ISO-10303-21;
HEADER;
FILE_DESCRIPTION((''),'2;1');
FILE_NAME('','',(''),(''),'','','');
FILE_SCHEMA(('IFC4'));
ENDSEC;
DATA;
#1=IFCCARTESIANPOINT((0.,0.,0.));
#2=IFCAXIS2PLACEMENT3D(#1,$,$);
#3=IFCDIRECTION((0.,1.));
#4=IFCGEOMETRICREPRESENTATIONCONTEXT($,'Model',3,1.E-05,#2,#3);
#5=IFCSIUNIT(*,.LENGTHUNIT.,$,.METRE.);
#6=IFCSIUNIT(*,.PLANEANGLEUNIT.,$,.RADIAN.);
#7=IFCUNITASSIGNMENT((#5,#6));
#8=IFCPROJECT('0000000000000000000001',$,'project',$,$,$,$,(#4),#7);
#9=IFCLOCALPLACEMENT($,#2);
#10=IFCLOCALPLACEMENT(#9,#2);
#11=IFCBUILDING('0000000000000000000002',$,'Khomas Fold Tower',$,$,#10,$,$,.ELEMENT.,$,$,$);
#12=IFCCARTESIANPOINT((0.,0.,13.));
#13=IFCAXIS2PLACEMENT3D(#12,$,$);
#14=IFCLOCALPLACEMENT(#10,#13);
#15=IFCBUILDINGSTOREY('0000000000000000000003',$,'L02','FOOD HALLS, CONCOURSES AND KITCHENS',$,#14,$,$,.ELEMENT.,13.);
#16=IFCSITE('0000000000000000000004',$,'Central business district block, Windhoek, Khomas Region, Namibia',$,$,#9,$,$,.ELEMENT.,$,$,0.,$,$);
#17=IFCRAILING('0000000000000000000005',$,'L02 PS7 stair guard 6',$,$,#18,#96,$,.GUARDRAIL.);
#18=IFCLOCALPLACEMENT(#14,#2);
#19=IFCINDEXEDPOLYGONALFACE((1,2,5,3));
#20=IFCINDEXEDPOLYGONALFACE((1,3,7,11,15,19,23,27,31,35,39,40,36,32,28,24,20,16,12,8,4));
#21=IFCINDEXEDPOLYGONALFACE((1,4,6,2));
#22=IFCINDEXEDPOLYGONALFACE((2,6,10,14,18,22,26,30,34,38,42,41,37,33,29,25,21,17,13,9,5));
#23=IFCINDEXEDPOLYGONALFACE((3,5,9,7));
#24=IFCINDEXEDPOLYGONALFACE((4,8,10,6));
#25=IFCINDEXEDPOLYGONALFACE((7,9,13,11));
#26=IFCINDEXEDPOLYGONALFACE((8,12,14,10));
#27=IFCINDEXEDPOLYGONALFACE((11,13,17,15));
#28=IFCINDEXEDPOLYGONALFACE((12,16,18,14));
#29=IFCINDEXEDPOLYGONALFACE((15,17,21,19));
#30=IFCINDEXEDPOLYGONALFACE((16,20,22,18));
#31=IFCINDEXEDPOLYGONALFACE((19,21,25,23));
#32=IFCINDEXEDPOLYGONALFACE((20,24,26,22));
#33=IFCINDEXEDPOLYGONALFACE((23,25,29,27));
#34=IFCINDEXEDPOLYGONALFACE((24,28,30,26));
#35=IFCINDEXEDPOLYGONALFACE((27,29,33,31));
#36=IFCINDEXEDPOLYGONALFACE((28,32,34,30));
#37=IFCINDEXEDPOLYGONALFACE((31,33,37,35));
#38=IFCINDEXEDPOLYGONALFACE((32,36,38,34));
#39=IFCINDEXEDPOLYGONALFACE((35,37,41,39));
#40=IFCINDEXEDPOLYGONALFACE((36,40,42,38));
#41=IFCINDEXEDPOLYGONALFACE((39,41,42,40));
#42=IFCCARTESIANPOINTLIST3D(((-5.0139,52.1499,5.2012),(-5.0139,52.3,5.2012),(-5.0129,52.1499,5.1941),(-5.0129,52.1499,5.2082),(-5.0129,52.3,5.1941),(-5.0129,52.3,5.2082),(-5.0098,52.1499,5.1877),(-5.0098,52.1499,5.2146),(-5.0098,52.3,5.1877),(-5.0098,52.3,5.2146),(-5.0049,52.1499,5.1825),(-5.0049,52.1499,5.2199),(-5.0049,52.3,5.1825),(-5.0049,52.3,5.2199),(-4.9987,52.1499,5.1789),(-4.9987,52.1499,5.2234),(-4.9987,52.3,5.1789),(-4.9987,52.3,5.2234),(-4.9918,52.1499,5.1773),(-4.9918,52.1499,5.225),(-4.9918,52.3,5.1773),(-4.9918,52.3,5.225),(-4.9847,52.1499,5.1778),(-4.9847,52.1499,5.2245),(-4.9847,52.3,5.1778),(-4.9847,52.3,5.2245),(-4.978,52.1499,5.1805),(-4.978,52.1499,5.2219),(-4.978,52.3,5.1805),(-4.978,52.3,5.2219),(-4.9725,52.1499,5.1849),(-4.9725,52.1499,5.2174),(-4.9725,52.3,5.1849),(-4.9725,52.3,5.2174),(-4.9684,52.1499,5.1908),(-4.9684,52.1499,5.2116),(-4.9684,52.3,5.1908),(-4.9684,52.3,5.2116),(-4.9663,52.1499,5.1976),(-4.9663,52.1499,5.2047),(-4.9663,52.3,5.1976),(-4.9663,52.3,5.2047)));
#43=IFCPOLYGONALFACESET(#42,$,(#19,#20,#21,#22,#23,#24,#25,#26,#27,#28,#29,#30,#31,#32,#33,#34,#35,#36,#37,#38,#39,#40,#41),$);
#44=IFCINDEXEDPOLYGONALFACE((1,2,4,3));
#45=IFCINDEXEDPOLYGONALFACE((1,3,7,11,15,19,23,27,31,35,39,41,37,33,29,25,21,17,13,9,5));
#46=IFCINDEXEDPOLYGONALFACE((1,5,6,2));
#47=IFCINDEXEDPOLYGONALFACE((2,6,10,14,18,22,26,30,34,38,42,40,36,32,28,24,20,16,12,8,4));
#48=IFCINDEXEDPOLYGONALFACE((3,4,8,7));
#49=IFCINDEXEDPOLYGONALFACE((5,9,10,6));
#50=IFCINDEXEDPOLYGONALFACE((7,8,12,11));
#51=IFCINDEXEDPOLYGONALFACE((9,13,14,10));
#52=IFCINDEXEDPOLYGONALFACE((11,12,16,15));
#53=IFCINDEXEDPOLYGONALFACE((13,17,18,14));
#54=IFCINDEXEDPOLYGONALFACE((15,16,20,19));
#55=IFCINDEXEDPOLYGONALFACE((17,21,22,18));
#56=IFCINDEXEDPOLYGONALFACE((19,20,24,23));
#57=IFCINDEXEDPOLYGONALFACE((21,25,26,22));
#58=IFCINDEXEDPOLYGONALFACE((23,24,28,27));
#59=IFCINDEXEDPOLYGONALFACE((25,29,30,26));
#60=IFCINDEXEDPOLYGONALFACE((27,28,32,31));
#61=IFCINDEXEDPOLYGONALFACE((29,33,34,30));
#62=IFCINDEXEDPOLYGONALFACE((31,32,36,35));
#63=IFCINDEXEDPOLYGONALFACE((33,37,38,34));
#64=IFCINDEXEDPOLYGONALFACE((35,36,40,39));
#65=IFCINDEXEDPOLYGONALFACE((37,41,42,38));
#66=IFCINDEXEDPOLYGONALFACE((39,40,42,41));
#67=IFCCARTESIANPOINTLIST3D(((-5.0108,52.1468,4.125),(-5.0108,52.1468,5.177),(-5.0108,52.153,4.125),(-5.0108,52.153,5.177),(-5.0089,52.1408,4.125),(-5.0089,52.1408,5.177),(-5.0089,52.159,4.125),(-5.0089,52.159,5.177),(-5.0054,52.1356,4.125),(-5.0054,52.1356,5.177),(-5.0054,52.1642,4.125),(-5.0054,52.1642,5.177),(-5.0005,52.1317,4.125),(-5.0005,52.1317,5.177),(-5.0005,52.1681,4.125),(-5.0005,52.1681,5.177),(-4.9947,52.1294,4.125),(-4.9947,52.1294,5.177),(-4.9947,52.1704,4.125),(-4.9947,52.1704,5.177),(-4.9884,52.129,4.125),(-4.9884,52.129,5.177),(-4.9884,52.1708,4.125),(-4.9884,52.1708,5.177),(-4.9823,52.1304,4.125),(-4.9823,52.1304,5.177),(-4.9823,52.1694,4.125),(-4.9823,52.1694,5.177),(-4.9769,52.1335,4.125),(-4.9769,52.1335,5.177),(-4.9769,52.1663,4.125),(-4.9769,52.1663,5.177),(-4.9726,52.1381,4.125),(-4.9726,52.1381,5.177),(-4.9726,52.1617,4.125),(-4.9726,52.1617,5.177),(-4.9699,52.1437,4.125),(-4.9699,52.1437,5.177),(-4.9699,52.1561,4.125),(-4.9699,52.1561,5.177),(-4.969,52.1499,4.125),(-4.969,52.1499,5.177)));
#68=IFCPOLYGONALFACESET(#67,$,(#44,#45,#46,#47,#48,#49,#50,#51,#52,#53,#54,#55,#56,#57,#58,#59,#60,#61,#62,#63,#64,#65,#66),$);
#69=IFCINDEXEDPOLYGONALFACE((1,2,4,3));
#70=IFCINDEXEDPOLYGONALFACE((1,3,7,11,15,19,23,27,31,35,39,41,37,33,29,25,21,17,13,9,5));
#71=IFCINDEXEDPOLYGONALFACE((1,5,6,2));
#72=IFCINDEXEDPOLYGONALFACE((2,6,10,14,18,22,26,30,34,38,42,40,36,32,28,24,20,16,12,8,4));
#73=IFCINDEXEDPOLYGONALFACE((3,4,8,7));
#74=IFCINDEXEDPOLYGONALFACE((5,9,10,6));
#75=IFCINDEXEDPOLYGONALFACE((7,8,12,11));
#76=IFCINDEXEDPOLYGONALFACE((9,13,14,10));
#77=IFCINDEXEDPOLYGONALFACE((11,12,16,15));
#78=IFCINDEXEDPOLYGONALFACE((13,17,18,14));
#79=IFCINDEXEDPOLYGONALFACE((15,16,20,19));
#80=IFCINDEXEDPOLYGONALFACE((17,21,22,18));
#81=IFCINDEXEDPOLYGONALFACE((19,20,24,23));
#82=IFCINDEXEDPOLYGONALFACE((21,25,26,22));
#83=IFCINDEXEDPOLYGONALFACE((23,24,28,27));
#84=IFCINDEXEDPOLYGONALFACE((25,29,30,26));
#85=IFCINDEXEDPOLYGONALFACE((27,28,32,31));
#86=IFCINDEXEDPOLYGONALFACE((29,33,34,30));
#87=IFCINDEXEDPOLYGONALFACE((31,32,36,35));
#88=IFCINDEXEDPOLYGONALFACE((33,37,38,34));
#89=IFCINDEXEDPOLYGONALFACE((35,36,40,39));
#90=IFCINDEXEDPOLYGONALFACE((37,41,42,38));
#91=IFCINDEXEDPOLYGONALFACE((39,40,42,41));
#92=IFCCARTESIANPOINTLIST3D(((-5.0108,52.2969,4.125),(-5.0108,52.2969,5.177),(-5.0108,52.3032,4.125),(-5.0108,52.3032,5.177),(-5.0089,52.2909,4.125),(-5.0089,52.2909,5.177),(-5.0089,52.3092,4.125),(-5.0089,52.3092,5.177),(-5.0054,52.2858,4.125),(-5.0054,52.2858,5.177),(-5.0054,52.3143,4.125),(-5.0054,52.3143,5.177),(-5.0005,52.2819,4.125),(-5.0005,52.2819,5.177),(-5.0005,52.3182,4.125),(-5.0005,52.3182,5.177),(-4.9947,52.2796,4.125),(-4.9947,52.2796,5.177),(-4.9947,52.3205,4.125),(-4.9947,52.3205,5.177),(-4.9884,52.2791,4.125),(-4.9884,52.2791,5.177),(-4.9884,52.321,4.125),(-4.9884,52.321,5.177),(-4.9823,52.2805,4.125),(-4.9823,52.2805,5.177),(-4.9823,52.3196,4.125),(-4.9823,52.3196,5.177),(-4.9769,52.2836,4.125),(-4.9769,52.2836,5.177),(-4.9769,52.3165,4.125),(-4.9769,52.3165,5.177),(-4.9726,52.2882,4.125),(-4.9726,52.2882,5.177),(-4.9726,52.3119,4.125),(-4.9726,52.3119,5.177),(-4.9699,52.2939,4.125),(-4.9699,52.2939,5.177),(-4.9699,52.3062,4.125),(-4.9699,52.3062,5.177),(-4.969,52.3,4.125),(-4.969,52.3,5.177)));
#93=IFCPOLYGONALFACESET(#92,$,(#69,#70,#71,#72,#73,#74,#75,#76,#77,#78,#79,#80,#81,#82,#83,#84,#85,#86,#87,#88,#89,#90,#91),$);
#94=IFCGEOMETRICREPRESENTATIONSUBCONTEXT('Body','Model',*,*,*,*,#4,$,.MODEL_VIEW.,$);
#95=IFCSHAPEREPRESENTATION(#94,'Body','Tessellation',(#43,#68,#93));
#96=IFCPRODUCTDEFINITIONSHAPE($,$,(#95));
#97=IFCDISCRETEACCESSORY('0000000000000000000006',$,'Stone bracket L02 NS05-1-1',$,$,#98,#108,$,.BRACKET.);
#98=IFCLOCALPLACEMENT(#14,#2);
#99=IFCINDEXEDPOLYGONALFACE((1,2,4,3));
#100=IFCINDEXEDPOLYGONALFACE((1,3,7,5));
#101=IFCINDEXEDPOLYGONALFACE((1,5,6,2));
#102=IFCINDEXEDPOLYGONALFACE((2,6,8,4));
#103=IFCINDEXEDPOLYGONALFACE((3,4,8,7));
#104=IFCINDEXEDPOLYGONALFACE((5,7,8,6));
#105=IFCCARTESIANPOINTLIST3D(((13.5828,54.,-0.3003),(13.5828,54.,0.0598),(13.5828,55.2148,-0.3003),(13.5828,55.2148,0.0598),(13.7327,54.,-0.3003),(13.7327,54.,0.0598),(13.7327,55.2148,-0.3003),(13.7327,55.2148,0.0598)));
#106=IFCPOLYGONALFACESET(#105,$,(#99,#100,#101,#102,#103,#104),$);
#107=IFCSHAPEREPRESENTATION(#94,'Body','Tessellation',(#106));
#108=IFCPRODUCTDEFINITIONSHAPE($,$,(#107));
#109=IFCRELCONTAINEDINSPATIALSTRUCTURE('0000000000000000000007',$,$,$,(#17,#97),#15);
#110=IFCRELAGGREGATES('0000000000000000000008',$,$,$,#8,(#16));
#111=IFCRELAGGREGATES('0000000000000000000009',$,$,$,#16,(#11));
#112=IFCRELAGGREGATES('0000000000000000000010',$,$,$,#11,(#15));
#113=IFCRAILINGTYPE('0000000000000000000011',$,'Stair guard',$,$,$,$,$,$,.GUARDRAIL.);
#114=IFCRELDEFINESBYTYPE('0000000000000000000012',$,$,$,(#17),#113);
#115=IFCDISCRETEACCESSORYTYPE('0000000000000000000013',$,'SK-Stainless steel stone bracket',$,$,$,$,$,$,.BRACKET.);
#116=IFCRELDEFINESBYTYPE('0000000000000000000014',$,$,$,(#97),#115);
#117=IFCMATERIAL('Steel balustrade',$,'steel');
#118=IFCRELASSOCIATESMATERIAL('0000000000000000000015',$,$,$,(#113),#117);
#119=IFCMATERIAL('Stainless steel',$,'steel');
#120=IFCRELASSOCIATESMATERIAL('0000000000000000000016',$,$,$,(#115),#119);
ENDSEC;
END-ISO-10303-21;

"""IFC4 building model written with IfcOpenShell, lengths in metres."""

from ifc_helpers import new_model, si_unit, direction, frame, origin, origin_2d, place, context, subcontext, project, spatial, rectangle, circle, extrude, source, transform, mapped, material, type_object, element, save


model = new_model("IFC4")

# Units and contexts
model_context = context("Model", 3, precision=1e-05, world=origin(), true_north=direction((0.0, 1.0)))
body_context = subcontext(model_context, "Body", "Model", "MODEL_VIEW")
ifc_project = project(units=[si_unit("LENGTHUNIT", "METRE"), si_unit("PLANEANGLEUNIT", "RADIAN")], contexts=[model_context])

# Site, building, storey
site_placement = place(None, origin())
site = spatial("IfcSite", under=ifc_project, at=site_placement, Name="Central business district block, Windhoek, Khomas Region, Namibia", CompositionType="ELEMENT", RefElevation=0.0)
building_placement = place(site_placement, origin())
building = spatial("IfcBuilding", under=site, at=building_placement, Name="Khomas Fold Tower", CompositionType="ELEMENT")
storey_placement = place(building_placement, frame((0.0, 0.0, 13.0)))
storey = spatial("IfcBuildingStorey", under=building, at=storey_placement, Name="L02", Description="FOOD HALLS, CONCOURSES AND KITCHENS", CompositionType="ELEMENT", Elevation=13.0)

# Railing
ifc_material_1 = material(Name="Steel balustrade", Category="steel")
railing_type = type_object("IfcRailingType", Name="Stair guard", PredefinedType="GUARDRAIL", material=ifc_material_1)
shared_shape_1 = source(origin(), body_context, "Body", "SweptSolid", [
    extrude(circle(Radius=0.0239, at=origin_2d()), frame((0.0, 0.0, 1.0762), z_axis=(0.0, 1.0, 0.0), x_axis=(-1.0, 0.0, 0.0)), (0.0, 0.0, 1.0), 0.1501),
    extrude(circle(Radius=0.021, at=origin_2d()), origin(), (0.0, 0.0, 1.0), 1.052),
    extrude(circle(Radius=0.021, at=origin_2d()), frame((0.0, 0.1501, 0.0)), (0.0, 0.0, 1.0), 1.052),
])
railing_placement = place(storey_placement, frame((-4.99, 52.1499, 4.125)))
element("IfcRailing", 1, at=railing_placement, inside=storey, type_object=railing_type, Name="L02 PS7 stair guard 6", PredefinedType="GUARDRAIL", context=body_context, shape_type="MappedRepresentation", body=[
    mapped(shared_shape_1, transform((0.0, 0.0, 0.0))),
])

# Discrete accessory
ifc_material_2 = material(Name="Stainless steel", Category="steel")
discrete_accessory_type = type_object("IfcDiscreteAccessoryType", Name="SK-Stainless steel stone bracket", PredefinedType="BRACKET", material=ifc_material_2)
shared_shape_2 = source(origin(), body_context, "Body", "SweptSolid", [
    extrude(rectangle(XDim=1.2148, YDim=0.1499, at=origin_2d()), origin(), (0.0, 0.0, 1.0), 0.3601),
])
discrete_accessory_placement = place(storey_placement, frame((13.6577, 54.6074, -0.3003), z_axis=(0.0, 0.0, 1.0), x_axis=(0.0, 1.0, 0.0)))
element("IfcDiscreteAccessory", 2, at=discrete_accessory_placement, inside=storey, type_object=discrete_accessory_type, Name="Stone bracket L02 NS05-1-1", PredefinedType="BRACKET", context=body_context, shape_type="MappedRepresentation", body=[
    mapped(shared_shape_2, transform((0.0, 0.0, 0.0))),
])

save(model, "model.ifc")
